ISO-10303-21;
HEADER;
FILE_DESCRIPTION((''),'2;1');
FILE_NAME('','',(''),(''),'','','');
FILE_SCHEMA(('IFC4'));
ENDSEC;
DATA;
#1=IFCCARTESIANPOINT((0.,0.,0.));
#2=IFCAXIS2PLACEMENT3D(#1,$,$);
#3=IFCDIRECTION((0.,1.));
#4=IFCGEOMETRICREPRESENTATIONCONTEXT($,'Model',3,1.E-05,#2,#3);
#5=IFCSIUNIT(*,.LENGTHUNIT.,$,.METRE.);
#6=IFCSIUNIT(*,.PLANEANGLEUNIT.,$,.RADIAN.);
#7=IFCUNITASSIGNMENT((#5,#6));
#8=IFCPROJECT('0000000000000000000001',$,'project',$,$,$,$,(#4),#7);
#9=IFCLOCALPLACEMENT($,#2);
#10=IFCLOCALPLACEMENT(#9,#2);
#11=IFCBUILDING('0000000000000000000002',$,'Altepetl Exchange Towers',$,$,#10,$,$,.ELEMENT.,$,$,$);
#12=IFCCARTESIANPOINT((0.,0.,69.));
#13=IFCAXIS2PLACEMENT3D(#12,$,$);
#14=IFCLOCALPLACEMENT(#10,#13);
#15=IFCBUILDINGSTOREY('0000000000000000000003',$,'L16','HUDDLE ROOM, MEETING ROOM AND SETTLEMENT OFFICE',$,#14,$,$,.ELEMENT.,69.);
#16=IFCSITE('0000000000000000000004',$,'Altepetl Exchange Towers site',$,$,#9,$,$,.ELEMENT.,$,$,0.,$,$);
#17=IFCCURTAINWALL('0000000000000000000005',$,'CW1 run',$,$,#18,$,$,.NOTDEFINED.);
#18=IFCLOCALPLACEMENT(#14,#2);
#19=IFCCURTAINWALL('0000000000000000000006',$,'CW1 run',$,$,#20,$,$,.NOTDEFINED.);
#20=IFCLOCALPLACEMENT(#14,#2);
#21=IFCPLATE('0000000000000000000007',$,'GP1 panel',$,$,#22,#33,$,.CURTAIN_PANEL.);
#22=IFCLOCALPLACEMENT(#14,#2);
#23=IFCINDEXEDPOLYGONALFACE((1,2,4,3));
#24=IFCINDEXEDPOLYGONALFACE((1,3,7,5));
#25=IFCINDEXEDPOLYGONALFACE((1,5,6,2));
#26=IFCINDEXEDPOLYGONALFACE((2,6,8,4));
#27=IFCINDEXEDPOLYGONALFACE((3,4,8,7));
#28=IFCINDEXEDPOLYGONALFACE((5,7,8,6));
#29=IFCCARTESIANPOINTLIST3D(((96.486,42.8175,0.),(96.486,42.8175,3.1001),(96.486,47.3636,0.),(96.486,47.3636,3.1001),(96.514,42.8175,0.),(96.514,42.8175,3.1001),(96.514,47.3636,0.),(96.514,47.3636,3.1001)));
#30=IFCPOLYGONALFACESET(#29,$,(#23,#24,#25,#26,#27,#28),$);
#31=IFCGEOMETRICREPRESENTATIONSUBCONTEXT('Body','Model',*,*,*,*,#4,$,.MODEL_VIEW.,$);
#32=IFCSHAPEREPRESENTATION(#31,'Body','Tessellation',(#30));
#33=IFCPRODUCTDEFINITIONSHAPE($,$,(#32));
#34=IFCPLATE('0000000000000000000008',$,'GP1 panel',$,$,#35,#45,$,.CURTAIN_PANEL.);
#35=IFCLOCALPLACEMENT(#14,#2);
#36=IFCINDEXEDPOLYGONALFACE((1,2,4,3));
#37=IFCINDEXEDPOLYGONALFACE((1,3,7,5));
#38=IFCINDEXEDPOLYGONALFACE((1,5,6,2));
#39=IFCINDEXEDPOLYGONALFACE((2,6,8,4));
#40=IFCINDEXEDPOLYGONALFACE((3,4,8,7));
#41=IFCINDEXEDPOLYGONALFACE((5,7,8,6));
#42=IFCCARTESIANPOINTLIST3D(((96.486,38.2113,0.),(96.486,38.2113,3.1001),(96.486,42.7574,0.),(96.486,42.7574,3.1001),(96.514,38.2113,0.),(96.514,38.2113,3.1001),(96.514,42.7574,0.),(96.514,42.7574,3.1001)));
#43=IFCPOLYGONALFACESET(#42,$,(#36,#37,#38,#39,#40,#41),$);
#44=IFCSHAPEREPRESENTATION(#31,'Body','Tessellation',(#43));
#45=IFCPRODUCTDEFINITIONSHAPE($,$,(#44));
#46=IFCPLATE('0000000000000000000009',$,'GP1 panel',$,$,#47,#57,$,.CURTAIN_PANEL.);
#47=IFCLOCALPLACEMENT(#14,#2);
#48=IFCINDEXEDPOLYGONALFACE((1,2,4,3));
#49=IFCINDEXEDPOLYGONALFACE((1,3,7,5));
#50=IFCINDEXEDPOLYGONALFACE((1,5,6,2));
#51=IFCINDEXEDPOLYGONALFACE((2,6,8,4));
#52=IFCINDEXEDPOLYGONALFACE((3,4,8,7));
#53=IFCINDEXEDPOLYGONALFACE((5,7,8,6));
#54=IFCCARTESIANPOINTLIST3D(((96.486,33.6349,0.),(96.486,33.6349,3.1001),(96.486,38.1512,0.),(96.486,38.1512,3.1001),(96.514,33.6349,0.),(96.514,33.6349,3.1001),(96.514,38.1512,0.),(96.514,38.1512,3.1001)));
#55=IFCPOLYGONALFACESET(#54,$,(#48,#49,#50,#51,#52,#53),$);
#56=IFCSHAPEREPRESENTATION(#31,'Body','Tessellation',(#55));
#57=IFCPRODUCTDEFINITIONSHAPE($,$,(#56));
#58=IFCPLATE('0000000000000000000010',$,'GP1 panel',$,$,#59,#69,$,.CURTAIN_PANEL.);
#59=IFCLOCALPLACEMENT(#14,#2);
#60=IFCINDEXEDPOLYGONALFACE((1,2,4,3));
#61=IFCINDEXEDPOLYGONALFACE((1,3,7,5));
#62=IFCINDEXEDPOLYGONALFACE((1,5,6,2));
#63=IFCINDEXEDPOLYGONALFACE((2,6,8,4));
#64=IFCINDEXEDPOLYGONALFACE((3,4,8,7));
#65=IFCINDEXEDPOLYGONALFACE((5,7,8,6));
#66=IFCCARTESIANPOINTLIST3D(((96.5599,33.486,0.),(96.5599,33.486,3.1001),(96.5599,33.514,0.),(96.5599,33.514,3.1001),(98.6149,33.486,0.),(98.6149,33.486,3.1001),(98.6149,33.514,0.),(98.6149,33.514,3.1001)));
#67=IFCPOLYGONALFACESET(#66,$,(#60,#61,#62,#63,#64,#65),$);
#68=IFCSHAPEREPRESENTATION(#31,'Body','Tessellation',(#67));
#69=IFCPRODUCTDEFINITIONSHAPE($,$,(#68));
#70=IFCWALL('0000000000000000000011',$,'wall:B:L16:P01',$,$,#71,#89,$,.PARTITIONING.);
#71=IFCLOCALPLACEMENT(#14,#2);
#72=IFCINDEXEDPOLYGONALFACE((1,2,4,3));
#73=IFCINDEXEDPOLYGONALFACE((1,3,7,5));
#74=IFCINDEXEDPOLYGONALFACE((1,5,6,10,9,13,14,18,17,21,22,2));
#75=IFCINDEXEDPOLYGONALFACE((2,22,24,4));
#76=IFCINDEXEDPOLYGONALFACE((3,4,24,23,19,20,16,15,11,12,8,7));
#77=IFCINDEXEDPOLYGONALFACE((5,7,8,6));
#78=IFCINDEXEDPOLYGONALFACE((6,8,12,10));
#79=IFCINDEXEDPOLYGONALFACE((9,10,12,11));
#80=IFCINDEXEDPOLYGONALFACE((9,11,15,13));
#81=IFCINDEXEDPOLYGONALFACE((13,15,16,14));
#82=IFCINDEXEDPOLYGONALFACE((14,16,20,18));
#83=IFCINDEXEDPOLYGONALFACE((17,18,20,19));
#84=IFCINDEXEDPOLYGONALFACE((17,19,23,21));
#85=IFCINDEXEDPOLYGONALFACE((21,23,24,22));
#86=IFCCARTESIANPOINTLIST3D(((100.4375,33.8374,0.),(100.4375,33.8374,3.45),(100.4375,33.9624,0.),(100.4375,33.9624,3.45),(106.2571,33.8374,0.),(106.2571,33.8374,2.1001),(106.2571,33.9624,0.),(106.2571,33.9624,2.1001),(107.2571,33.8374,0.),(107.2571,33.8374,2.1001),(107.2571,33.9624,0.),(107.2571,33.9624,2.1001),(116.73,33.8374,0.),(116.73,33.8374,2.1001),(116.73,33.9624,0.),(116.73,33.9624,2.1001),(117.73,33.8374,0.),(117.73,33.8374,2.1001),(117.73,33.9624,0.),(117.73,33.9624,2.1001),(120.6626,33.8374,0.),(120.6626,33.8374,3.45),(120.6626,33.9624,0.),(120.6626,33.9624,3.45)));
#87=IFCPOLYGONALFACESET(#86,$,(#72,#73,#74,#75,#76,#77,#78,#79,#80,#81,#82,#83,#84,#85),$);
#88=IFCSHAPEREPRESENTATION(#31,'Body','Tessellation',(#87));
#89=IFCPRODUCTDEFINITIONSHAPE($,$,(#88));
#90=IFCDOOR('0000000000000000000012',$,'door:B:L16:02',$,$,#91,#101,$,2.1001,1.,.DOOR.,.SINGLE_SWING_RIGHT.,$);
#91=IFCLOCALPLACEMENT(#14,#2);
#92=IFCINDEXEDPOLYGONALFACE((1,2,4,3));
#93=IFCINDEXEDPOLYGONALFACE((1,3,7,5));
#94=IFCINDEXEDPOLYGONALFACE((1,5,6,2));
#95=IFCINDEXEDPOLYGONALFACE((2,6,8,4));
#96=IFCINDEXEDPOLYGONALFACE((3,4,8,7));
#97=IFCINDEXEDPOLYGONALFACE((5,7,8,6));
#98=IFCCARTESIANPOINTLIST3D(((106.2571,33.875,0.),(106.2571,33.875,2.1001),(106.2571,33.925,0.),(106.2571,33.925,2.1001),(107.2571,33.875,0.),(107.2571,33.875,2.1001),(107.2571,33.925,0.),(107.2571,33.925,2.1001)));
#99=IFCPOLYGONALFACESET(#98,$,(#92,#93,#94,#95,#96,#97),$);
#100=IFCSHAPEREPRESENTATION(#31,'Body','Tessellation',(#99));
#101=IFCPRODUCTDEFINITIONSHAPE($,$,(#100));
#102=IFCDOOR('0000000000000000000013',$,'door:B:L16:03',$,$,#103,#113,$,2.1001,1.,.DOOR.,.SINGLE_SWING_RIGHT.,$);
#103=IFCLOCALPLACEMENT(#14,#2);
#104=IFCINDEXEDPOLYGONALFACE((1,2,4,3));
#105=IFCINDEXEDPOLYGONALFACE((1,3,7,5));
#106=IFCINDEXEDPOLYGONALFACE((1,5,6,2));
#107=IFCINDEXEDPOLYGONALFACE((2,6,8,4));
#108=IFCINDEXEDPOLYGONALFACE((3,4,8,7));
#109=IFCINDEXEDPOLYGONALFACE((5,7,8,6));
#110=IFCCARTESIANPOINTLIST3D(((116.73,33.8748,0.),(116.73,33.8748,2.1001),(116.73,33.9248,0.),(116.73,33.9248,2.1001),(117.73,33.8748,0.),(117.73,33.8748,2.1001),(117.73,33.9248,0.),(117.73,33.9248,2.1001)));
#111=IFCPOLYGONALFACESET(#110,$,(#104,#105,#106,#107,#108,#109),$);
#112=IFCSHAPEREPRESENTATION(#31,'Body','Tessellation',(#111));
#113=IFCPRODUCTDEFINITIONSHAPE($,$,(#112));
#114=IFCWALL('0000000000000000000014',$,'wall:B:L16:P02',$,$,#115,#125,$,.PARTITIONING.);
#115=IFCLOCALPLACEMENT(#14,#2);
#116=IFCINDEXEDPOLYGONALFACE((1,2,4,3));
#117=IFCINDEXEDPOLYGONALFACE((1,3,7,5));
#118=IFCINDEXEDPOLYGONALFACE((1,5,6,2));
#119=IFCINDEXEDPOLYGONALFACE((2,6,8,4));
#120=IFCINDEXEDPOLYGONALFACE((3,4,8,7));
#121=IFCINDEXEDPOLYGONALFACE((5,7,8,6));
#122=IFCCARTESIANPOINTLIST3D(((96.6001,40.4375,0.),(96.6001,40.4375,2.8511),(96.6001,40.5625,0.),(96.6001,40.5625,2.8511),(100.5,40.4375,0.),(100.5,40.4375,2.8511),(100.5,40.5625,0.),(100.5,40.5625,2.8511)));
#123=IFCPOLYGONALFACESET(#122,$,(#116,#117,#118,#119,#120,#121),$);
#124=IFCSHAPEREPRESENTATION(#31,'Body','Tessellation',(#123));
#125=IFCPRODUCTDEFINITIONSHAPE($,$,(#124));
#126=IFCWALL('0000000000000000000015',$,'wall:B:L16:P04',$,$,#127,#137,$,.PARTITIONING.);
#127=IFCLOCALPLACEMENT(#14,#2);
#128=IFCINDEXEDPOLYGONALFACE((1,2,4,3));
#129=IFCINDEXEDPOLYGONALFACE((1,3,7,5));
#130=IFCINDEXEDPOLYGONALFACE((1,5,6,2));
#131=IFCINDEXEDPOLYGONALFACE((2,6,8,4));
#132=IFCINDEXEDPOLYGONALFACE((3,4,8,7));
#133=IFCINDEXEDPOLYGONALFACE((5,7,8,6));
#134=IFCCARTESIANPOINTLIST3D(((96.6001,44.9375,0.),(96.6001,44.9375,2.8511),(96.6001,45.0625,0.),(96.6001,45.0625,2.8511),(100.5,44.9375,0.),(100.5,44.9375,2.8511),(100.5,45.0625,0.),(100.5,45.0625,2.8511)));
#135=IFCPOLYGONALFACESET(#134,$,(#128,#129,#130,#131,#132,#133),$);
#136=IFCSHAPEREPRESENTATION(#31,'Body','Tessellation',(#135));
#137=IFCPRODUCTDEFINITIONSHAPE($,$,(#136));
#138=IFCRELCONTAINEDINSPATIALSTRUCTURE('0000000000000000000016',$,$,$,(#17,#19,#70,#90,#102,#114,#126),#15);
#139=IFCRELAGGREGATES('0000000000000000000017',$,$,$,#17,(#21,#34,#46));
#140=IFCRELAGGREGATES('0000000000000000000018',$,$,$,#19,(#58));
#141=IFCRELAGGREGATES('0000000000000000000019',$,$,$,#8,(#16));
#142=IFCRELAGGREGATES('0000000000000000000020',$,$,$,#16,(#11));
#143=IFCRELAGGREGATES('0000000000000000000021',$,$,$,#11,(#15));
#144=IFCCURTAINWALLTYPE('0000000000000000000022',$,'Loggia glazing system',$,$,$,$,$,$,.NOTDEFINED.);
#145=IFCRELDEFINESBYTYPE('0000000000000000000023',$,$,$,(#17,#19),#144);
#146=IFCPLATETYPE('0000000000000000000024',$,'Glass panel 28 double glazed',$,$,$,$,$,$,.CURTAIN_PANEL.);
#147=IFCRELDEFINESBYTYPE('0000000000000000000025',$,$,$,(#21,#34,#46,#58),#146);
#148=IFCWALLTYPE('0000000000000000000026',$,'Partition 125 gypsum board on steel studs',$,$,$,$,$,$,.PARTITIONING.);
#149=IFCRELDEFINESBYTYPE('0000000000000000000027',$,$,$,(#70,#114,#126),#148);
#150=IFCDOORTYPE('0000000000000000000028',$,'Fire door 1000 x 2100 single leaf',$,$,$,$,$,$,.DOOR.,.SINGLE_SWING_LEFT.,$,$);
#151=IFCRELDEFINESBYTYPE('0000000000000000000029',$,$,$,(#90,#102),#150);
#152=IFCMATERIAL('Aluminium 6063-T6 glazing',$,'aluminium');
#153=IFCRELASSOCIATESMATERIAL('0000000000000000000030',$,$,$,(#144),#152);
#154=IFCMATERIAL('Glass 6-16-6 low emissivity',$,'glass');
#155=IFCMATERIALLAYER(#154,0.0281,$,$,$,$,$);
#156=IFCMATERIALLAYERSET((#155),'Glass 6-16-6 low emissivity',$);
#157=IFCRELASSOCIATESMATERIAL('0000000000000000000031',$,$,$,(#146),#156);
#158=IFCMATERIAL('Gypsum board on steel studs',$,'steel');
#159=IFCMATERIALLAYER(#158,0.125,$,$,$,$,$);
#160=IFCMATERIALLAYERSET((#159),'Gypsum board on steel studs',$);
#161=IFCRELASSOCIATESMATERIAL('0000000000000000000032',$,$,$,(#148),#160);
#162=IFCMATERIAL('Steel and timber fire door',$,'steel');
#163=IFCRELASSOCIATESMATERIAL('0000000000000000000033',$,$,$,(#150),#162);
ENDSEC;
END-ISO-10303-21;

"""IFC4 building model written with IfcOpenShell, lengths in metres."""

from ifc_helpers import new_model, si_unit, direction, frame, frame_2d, origin, origin_2d, place, context, subcontext, project, spatial, rectangle, extrude, material, layer, layer_set, type_object, element, fill, aggregate, save


model = new_model("IFC4")

# Units and contexts
model_context = context("Model", 3, precision=1e-05, world=origin(), true_north=direction((0.0, 1.0)))
body_context = subcontext(model_context, "Body", "Model", "MODEL_VIEW")
ifc_project = project(units=[si_unit("LENGTHUNIT", "METRE"), si_unit("PLANEANGLEUNIT", "RADIAN")], contexts=[model_context])

# Site, building, storey
site_placement = place(None, origin())
site = spatial("IfcSite", under=ifc_project, at=site_placement, Name="Altepetl Exchange Towers site", CompositionType="ELEMENT", RefElevation=0.0)
building_placement = place(site_placement, origin())
building = spatial("IfcBuilding", under=site, at=building_placement, Name="Altepetl Exchange Towers", CompositionType="ELEMENT")
storey_placement = place(building_placement, frame((0.0, 0.0, 69.0)))
storey = spatial("IfcBuildingStorey", under=building, at=storey_placement, Name="L16", Description="HUDDLE ROOM, MEETING ROOM AND SETTLEMENT OFFICE", CompositionType="ELEMENT", Elevation=69.0)

# Curtain walls
ifc_material_1 = material(Name="Aluminium 6063-T6 glazing", Category="aluminium")
curtain_wall_type = type_object("IfcCurtainWallType", Name="Loggia glazing system", PredefinedType="NOTDEFINED", material=ifc_material_1)
curtain_wall_1_placement = place(storey_placement, origin())
curtain_wall_1 = element("IfcCurtainWall", 1, at=curtain_wall_1_placement, inside=storey, type_object=curtain_wall_type, Name="CW1 run", PredefinedType="NOTDEFINED")
curtain_wall_2_placement = place(storey_placement, origin())
curtain_wall_2 = element("IfcCurtainWall", 2, at=curtain_wall_2_placement, inside=storey, type_object=curtain_wall_type, Name="CW1 run", PredefinedType="NOTDEFINED")

# Plates
ifc_material_2 = material(Name="Glass 6-16-6 low emissivity", Category="glass")
ifc_layer_1 = layer(ifc_material_2, 0.0281)
ifc_layer_set_1 = layer_set([ifc_layer_1], Name="Glass 6-16-6 low emissivity")
plate_type = type_object("IfcPlateType", Name="Glass panel 28 double glazed", PredefinedType="CURTAIN_PANEL", material=ifc_layer_set_1)
plate_1_placement = place(storey_placement, frame((96.5, 45.0906, 0.0), z_axis=(0.0, 0.0, 1.0), x_axis=(0.0, -1.0, 0.0)))
plate_1 = element("IfcPlate", 3, at=plate_1_placement, type_object=plate_type, Name="GP1 panel", PredefinedType="CURTAIN_PANEL", context=body_context, shape_type="SweptSolid", body=[
    extrude(rectangle(XDim=4.5461, YDim=0.0281, at=origin_2d()), origin(), (0.0, 0.0, 1.0), 3.1001),
])
plate_2_placement = place(storey_placement, frame((96.5, 40.4844, 0.0), z_axis=(0.0, 0.0, 1.0), x_axis=(0.0, -1.0, 0.0)))
plate_2 = element("IfcPlate", 4, at=plate_2_placement, type_object=plate_type, Name="GP1 panel", PredefinedType="CURTAIN_PANEL", context=body_context, shape_type="SweptSolid", body=[
    extrude(rectangle(XDim=4.5461, YDim=0.0281, at=origin_2d()), origin(), (0.0, 0.0, 1.0), 3.1001),
])
plate_3_placement = place(storey_placement, frame((96.5, 35.8931, 0.0), z_axis=(0.0, 0.0, 1.0), x_axis=(0.0, -1.0, 0.0)))
plate_3 = element("IfcPlate", 5, at=plate_3_placement, type_object=plate_type, Name="GP1 panel", PredefinedType="CURTAIN_PANEL", context=body_context, shape_type="SweptSolid", body=[
    extrude(rectangle(XDim=4.5164, YDim=0.0281, at=origin_2d()), origin(), (0.0, 0.0, 1.0), 3.1001),
])
aggregate(curtain_wall_1, [plate_1, plate_2, plate_3])
plate_4_placement = place(storey_placement, frame((97.5874, 33.5, 0.0)))
plate_4 = element("IfcPlate", 6, at=plate_4_placement, type_object=plate_type, Name="GP1 panel", PredefinedType="CURTAIN_PANEL", context=body_context, shape_type="SweptSolid", body=[
    extrude(rectangle(XDim=2.0549, YDim=0.0281, at=origin_2d()), origin(), (0.0, 0.0, 1.0), 3.1001),
])
aggregate(curtain_wall_2, [plate_4])

# Wall, openings, doors
ifc_material_3 = material(Name="Gypsum board on steel studs", Category="steel")
ifc_layer_2 = layer(ifc_material_3, 0.125)
ifc_layer_set_2 = layer_set([ifc_layer_2], Name="Gypsum board on steel studs")
wall_type = type_object("IfcWallType", Name="Partition 125 gypsum board on steel studs", PredefinedType="PARTITIONING", material=ifc_layer_set_2)
wall_1_placement = place(storey_placement, frame((100.4375, 33.8999, 0.0)))
wall_1 = element("IfcWall", 7, at=wall_1_placement, inside=storey, type_object=wall_type, Name="wall:B:L16:P01", PredefinedType="PARTITIONING", context=body_context, shape_type="SweptSolid", body=[
    extrude(rectangle(XDim=20.2251, YDim=0.125, at=frame_2d((10.1125, 0.0))), origin(), (0.0, 0.0, 1.0), 3.45),
])
opening_1_placement = place(wall_1_placement, frame((5.8196, 0.0, 0.0)))
opening_1 = element("IfcOpeningElement", 8, at=opening_1_placement, cuts=wall_1, PredefinedType="OPENING", context=body_context, shape_type="SweptSolid", body=[
    extrude(rectangle(XDim=1.0, YDim=2.1001, at=frame_2d((0.5, 1.05))), frame((0.0, 0.0725, 0.0), z_axis=(0.0, -1.0, 0.0), x_axis=(1.0, 0.0, 0.0)), (0.0, 0.0, 1.0), 0.145),
])
opening_2_placement = place(wall_1_placement, frame((16.2925, 0.0, 0.0)))
opening_2 = element("IfcOpeningElement", 9, at=opening_2_placement, cuts=wall_1, PredefinedType="OPENING", context=body_context, shape_type="SweptSolid", body=[
    extrude(rectangle(XDim=1.0, YDim=2.1001, at=frame_2d((0.5, 1.05))), frame((0.0, 0.0725, 0.0), z_axis=(0.0, -1.0, 0.0), x_axis=(1.0, 0.0, 0.0)), (0.0, 0.0, 1.0), 0.145),
])
ifc_material_4 = material(Name="Steel and timber fire door", Category="steel")
door_type = type_object("IfcDoorType", Name="Fire door 1000 x 2100 single leaf", OperationType="SINGLE_SWING_LEFT", PredefinedType="DOOR", material=ifc_material_4)
door_1_placement = place(opening_1_placement, frame((1.0, 0.0, 0.0), x_axis=(-1.0, 0.0, 0.0)))
door_1 = element("IfcDoor", 10, at=door_1_placement, inside=storey, type_object=door_type, Name="door:B:L16:02", OperationType="SINGLE_SWING_RIGHT", OverallHeight=2.1001, OverallWidth=1.0, PredefinedType="DOOR", context=body_context, shape_type="SweptSolid", body=[
    extrude(rectangle(XDim=1.0, YDim=2.1001, at=frame_2d((0.5, 1.05))), frame((0.0, 0.0249, 0.0), z_axis=(0.0, -1.0, 0.0), x_axis=(1.0, 0.0, 0.0)), (0.0, 0.0, 1.0), 0.05),
])
fill(opening_1, door_1)
door_2_placement = place(opening_2_placement, origin())
door_2 = element("IfcDoor", 11, at=door_2_placement, inside=storey, type_object=door_type, Name="door:B:L16:03", OperationType="SINGLE_SWING_RIGHT", OverallHeight=2.1001, OverallWidth=1.0, PredefinedType="DOOR", context=body_context, shape_type="SweptSolid", body=[
    extrude(rectangle(XDim=1.0, YDim=2.1001, at=frame_2d((0.5, 1.05))), frame((0.0, 0.0249, 0.0), z_axis=(0.0, -1.0, 0.0), x_axis=(1.0, 0.0, 0.0)), (0.0, 0.0, 1.0), 0.05),
])
fill(opening_2, door_2)

# Walls
for number, where, name in (
    (12, (96.6001, 40.5, 0.0), "wall:B:L16:P02"),
    (13, (96.6001, 45.0, 0.0), "wall:B:L16:P04"),
):
    element("IfcWall", number, at=place(storey_placement, frame(where)), inside=storey, type_object=wall_type, Name=name, PredefinedType="PARTITIONING", context=body_context, shape_type="SweptSolid", body=[
        extrude(rectangle(XDim=3.8999, YDim=0.125, at=frame_2d((1.95, 0.0))), origin(), (0.0, 0.0, 1.0), 2.8511),
    ])

save(model, "model.ifc")
